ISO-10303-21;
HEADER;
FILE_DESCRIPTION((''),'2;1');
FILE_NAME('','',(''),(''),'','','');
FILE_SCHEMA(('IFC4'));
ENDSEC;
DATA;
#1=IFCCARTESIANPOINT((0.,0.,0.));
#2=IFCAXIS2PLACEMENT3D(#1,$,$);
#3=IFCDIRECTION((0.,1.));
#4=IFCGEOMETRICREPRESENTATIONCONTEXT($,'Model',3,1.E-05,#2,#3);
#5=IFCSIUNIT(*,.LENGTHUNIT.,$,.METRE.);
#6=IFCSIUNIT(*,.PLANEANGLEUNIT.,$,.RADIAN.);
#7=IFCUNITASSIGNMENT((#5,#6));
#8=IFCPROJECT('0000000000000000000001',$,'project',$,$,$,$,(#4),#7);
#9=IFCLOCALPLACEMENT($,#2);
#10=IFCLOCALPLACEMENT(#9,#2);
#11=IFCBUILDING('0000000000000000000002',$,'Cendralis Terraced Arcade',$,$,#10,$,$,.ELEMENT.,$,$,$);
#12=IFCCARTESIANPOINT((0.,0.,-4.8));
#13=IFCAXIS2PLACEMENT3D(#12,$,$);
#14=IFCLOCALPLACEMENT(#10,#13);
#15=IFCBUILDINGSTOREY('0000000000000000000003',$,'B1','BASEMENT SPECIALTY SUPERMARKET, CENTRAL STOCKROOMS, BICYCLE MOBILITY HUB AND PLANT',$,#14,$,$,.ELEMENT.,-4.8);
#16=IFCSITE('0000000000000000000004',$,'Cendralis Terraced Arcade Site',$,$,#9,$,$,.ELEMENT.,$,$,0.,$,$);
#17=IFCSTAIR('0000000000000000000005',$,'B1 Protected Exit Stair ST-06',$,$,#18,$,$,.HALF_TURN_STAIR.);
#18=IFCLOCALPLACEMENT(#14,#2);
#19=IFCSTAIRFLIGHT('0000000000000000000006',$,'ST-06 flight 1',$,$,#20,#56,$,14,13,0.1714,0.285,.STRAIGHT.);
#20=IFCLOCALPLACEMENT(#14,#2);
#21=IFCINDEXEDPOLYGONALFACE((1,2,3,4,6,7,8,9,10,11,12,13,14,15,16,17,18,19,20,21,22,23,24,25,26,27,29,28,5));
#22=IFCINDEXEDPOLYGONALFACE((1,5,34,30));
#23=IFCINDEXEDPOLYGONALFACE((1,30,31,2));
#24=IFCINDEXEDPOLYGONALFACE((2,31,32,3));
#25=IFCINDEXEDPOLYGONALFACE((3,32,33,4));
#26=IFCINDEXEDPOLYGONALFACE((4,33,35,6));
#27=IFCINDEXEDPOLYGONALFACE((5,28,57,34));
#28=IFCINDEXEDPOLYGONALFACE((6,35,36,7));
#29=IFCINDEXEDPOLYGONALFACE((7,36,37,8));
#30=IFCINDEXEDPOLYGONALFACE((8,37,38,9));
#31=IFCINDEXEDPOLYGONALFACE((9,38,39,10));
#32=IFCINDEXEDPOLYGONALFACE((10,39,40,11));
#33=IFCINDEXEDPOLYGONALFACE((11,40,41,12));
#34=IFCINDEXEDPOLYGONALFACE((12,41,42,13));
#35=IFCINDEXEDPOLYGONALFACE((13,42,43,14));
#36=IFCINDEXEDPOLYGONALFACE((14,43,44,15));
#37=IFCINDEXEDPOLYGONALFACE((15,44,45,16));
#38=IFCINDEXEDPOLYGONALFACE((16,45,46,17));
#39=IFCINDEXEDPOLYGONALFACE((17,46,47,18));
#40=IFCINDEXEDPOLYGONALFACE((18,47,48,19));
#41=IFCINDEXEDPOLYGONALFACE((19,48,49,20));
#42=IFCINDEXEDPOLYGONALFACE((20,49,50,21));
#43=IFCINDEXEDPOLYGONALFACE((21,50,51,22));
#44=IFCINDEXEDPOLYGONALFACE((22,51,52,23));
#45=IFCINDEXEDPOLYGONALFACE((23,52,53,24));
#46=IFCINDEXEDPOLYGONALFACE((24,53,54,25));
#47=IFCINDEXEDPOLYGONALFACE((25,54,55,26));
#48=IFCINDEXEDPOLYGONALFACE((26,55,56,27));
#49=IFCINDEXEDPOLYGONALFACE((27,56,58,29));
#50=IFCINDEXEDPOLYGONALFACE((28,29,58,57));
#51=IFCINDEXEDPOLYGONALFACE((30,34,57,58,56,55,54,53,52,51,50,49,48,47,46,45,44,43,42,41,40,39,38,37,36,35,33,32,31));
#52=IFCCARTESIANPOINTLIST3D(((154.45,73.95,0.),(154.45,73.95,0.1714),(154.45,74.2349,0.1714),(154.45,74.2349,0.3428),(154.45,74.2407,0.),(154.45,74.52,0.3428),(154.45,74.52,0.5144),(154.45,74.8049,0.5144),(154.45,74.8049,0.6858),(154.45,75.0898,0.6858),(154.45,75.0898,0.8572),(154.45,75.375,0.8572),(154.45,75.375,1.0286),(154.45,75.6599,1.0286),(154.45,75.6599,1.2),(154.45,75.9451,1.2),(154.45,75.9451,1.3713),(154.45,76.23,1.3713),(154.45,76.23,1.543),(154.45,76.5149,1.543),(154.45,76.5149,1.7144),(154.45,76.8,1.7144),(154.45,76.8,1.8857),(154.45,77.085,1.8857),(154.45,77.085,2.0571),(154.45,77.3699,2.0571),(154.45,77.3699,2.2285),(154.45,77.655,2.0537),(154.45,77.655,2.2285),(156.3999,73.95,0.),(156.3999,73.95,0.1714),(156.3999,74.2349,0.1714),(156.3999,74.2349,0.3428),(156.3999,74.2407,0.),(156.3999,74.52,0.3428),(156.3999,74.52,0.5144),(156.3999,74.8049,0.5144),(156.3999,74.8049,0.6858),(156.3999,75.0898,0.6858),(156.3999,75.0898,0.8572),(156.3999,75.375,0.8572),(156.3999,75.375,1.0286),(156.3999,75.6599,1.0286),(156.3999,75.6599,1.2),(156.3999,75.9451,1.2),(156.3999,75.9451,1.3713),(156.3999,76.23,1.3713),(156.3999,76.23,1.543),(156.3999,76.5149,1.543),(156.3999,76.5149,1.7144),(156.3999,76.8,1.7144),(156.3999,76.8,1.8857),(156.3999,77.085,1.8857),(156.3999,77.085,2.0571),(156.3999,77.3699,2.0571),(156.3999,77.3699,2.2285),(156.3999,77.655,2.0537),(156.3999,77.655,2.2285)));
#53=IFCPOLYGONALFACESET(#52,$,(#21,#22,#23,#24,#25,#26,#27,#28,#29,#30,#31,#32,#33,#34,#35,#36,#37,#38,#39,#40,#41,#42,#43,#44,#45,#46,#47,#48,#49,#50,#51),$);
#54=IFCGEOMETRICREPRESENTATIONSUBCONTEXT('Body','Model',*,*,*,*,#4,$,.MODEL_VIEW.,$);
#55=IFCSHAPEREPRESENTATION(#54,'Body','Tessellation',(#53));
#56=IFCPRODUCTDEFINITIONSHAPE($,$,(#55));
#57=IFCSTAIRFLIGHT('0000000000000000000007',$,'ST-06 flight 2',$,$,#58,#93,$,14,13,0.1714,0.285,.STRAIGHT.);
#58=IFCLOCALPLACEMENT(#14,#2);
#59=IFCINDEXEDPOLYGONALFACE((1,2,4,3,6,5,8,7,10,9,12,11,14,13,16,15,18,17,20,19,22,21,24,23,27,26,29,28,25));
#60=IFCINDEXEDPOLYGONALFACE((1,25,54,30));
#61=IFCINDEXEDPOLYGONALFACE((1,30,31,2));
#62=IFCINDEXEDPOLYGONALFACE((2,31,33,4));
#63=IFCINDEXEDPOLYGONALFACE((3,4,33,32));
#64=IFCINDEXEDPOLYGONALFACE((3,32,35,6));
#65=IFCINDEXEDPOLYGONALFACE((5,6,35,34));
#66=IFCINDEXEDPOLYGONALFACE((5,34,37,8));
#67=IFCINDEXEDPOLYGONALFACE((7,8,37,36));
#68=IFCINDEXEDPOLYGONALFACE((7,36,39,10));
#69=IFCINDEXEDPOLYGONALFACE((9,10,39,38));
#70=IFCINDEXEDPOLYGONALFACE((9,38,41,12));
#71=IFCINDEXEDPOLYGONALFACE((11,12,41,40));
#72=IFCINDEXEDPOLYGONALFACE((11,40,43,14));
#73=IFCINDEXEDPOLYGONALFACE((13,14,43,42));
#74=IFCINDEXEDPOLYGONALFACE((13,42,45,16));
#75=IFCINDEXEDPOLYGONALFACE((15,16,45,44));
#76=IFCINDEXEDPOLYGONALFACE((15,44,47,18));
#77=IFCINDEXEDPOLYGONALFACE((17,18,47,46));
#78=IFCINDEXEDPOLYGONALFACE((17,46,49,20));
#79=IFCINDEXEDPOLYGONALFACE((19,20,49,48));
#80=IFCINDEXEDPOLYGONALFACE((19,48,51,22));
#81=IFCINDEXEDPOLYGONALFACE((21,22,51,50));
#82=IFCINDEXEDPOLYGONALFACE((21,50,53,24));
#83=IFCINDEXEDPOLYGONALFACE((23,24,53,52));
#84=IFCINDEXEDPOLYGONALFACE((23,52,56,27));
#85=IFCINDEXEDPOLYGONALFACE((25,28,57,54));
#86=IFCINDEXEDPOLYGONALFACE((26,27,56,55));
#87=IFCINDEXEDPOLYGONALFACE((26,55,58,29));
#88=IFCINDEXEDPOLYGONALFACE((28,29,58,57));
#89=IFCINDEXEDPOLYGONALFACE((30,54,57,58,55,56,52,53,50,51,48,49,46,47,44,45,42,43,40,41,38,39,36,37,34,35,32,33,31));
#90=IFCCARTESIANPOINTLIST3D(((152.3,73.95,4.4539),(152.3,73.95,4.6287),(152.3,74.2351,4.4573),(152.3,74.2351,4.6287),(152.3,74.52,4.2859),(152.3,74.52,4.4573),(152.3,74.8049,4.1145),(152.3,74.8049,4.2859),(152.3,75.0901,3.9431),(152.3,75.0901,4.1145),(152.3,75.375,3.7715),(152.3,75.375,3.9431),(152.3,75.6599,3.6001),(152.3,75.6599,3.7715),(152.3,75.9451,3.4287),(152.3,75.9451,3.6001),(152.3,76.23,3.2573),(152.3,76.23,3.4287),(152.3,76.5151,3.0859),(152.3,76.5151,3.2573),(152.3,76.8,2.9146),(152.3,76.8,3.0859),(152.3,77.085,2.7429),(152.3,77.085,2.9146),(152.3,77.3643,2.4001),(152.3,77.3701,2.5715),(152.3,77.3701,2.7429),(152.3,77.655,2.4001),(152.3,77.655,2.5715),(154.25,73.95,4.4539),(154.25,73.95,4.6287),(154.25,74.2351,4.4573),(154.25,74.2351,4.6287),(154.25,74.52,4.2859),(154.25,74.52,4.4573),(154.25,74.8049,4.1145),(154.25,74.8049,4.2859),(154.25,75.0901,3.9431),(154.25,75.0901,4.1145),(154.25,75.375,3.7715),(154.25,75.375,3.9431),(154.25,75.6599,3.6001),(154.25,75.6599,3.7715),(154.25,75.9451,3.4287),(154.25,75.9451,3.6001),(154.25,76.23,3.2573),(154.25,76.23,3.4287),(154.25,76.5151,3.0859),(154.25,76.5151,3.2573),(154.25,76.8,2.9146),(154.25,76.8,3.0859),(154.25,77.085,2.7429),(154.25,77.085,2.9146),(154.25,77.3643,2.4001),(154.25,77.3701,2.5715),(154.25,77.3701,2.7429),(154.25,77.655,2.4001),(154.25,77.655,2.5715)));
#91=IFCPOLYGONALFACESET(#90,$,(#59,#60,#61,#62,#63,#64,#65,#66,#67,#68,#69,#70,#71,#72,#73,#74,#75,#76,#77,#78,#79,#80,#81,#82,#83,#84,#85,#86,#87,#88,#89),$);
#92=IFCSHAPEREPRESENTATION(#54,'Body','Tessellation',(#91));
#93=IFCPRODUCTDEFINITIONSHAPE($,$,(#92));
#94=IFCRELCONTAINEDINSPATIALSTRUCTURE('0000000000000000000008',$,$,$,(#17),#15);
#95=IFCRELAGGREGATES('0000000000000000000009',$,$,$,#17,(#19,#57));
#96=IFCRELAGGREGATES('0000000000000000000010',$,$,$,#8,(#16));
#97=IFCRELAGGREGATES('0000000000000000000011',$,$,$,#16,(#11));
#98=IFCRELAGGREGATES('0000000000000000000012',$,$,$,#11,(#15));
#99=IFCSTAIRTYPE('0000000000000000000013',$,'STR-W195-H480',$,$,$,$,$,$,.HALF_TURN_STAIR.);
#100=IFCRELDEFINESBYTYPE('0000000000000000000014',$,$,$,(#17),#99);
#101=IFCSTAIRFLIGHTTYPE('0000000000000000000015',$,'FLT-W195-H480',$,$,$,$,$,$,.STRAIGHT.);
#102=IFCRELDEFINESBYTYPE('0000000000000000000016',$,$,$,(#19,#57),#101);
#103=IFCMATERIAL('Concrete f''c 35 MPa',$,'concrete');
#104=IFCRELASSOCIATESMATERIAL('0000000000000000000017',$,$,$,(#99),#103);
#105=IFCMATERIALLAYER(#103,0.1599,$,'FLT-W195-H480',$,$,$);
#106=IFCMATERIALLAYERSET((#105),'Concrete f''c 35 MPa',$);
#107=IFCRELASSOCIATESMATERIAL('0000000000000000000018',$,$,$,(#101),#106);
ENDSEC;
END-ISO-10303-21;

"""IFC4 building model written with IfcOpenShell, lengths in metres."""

from ifc_helpers import new_model, si_unit, direction, frame, origin, place, context, subcontext, project, spatial, polyline, outline, extrude, material, layer, layer_set, type_object, element, aggregate, save


model = new_model("IFC4")

# Units and contexts
model_context = context("Model", 3, precision=1e-05, world=origin(), true_north=direction((0.0, 1.0)))
body_context = subcontext(model_context, "Body", "Model", "MODEL_VIEW")
ifc_project = project(units=[si_unit("LENGTHUNIT", "METRE"), si_unit("PLANEANGLEUNIT", "RADIAN")], contexts=[model_context])

# Site, building, storey
site_placement = place(None, origin())
site = spatial("IfcSite", under=ifc_project, at=site_placement, Name="Cendralis Terraced Arcade Site", CompositionType="ELEMENT", RefElevation=0.0)
building_placement = place(site_placement, origin())
building = spatial("IfcBuilding", under=site, at=building_placement, Name="Cendralis Terraced Arcade", CompositionType="ELEMENT")
storey_placement = place(building_placement, frame((0.0, 0.0, -4.8)))
storey = spatial("IfcBuildingStorey", under=building, at=storey_placement, Name="B1", Description="BASEMENT SPECIALTY SUPERMARKET, CENTRAL STOCKROOMS, BICYCLE MOBILITY HUB AND PLANT", CompositionType="ELEMENT", Elevation=-4.8)

# Shared definitions
ifc_material_1 = material(Name="Concrete f'c 35 MPa", Category="concrete")

# Stair, stair flights
stair_type = type_object("IfcStairType", Name="STR-W195-H480", PredefinedType="HALF_TURN_STAIR", material=ifc_material_1)
stair_placement = place(storey_placement, origin())
stair = element("IfcStair", 1, at=stair_placement, inside=storey, type_object=stair_type, Name="B1 Protected Exit Stair ST-06", PredefinedType="HALF_TURN_STAIR")
ifc_layer_1 = layer(ifc_material_1, 0.1599, Name="FLT-W195-H480")
ifc_layer_set_1 = layer_set([ifc_layer_1], Name="Concrete f'c 35 MPa")
stair_flight_type = type_object("IfcStairFlightType", Name="FLT-W195-H480", PredefinedType="STRAIGHT", material=ifc_layer_set_1)
stair_flight_1_placement = place(storey_placement, frame((155.425, 73.95, 0.0), z_axis=(0.0, 0.0, 1.0), x_axis=(0.0, 1.0, 0.0)))
stair_flight_1 = element("IfcStairFlight", 2, at=stair_flight_1_placement, type_object=stair_flight_type, Name="ST-06 flight 1", NumberOfRisers=14, NumberOfTreads=13, PredefinedType="STRAIGHT", RiserHeight=0.1714, TreadLength=0.285, context=body_context, shape_type="SweptSolid", body=[
    extrude(outline(polyline([(0.0, 0.0), (0.0, 0.1714), (0.2849, 0.1714), (0.2849, 0.3428), (0.5701, 0.3428), (0.5701, 0.5144), (0.855, 0.5144), (0.855, 0.6858), (1.1399, 0.6858), (1.1399, 0.8572), (1.425, 0.8572), (1.425, 1.0286), (1.71, 1.0286), (1.71, 1.2), (1.9951, 1.2), (1.9951, 1.3713), (2.28, 1.3713), (2.28, 1.543), (2.5649, 1.543), (2.5649, 1.7144), (2.8501, 1.7144), (2.8501, 1.8857), (3.135, 1.8857), (3.135, 2.0571), (3.4199, 2.0571), (3.4199, 2.2285), (3.7051, 2.2285), (3.7051, 2.3999), (3.7051, 2.0537), (0.2908, 0.0), (0.0, 0.0)])), frame((0.0, 0.9751, 0.0), z_axis=(0.0, -1.0, 0.0), x_axis=(1.0, 0.0, 0.0)), (0.0, 0.0, 1.0), 1.95),
])
stair_flight_2_placement = place(storey_placement, frame((153.2749, 77.655, 2.4001), z_axis=(0.0, 0.0, 1.0), x_axis=(0.0, -1.0, 0.0)))
stair_flight_2 = element("IfcStairFlight", 3, at=stair_flight_2_placement, type_object=stair_flight_type, Name="ST-06 flight 2", NumberOfRisers=14, NumberOfTreads=13, PredefinedType="STRAIGHT", RiserHeight=0.1714, TreadLength=0.285, context=body_context, shape_type="SweptSolid", body=[
    extrude(outline(polyline([(0.0, 0.0), (0.0, 0.1714), (0.2849, 0.1714), (0.2849, 0.3428), (0.5701, 0.3428), (0.5701, 0.5144), (0.855, 0.5144), (0.855, 0.6858), (1.1399, 0.6858), (1.1399, 0.8572), (1.425, 0.8572), (1.425, 1.0286), (1.71, 1.0286), (1.71, 1.2), (1.9951, 1.2), (1.9951, 1.3713), (2.28, 1.3713), (2.28, 1.543), (2.5649, 1.543), (2.5649, 1.7144), (2.8501, 1.7144), (2.8501, 1.8857), (3.135, 1.8857), (3.135, 2.0571), (3.4199, 2.0571), (3.4199, 2.2285), (3.7051, 2.2285), (3.7051, 2.3999), (3.7051, 2.0537), (0.2908, 0.0), (0.0, 0.0)])), frame((0.0, 0.9751, 0.0), z_axis=(0.0, -1.0, 0.0), x_axis=(1.0, 0.0, 0.0)), (0.0, 0.0, 1.0), 1.95),
])
aggregate(stair, [stair_flight_1, stair_flight_2])

save(model, "model.ifc")
